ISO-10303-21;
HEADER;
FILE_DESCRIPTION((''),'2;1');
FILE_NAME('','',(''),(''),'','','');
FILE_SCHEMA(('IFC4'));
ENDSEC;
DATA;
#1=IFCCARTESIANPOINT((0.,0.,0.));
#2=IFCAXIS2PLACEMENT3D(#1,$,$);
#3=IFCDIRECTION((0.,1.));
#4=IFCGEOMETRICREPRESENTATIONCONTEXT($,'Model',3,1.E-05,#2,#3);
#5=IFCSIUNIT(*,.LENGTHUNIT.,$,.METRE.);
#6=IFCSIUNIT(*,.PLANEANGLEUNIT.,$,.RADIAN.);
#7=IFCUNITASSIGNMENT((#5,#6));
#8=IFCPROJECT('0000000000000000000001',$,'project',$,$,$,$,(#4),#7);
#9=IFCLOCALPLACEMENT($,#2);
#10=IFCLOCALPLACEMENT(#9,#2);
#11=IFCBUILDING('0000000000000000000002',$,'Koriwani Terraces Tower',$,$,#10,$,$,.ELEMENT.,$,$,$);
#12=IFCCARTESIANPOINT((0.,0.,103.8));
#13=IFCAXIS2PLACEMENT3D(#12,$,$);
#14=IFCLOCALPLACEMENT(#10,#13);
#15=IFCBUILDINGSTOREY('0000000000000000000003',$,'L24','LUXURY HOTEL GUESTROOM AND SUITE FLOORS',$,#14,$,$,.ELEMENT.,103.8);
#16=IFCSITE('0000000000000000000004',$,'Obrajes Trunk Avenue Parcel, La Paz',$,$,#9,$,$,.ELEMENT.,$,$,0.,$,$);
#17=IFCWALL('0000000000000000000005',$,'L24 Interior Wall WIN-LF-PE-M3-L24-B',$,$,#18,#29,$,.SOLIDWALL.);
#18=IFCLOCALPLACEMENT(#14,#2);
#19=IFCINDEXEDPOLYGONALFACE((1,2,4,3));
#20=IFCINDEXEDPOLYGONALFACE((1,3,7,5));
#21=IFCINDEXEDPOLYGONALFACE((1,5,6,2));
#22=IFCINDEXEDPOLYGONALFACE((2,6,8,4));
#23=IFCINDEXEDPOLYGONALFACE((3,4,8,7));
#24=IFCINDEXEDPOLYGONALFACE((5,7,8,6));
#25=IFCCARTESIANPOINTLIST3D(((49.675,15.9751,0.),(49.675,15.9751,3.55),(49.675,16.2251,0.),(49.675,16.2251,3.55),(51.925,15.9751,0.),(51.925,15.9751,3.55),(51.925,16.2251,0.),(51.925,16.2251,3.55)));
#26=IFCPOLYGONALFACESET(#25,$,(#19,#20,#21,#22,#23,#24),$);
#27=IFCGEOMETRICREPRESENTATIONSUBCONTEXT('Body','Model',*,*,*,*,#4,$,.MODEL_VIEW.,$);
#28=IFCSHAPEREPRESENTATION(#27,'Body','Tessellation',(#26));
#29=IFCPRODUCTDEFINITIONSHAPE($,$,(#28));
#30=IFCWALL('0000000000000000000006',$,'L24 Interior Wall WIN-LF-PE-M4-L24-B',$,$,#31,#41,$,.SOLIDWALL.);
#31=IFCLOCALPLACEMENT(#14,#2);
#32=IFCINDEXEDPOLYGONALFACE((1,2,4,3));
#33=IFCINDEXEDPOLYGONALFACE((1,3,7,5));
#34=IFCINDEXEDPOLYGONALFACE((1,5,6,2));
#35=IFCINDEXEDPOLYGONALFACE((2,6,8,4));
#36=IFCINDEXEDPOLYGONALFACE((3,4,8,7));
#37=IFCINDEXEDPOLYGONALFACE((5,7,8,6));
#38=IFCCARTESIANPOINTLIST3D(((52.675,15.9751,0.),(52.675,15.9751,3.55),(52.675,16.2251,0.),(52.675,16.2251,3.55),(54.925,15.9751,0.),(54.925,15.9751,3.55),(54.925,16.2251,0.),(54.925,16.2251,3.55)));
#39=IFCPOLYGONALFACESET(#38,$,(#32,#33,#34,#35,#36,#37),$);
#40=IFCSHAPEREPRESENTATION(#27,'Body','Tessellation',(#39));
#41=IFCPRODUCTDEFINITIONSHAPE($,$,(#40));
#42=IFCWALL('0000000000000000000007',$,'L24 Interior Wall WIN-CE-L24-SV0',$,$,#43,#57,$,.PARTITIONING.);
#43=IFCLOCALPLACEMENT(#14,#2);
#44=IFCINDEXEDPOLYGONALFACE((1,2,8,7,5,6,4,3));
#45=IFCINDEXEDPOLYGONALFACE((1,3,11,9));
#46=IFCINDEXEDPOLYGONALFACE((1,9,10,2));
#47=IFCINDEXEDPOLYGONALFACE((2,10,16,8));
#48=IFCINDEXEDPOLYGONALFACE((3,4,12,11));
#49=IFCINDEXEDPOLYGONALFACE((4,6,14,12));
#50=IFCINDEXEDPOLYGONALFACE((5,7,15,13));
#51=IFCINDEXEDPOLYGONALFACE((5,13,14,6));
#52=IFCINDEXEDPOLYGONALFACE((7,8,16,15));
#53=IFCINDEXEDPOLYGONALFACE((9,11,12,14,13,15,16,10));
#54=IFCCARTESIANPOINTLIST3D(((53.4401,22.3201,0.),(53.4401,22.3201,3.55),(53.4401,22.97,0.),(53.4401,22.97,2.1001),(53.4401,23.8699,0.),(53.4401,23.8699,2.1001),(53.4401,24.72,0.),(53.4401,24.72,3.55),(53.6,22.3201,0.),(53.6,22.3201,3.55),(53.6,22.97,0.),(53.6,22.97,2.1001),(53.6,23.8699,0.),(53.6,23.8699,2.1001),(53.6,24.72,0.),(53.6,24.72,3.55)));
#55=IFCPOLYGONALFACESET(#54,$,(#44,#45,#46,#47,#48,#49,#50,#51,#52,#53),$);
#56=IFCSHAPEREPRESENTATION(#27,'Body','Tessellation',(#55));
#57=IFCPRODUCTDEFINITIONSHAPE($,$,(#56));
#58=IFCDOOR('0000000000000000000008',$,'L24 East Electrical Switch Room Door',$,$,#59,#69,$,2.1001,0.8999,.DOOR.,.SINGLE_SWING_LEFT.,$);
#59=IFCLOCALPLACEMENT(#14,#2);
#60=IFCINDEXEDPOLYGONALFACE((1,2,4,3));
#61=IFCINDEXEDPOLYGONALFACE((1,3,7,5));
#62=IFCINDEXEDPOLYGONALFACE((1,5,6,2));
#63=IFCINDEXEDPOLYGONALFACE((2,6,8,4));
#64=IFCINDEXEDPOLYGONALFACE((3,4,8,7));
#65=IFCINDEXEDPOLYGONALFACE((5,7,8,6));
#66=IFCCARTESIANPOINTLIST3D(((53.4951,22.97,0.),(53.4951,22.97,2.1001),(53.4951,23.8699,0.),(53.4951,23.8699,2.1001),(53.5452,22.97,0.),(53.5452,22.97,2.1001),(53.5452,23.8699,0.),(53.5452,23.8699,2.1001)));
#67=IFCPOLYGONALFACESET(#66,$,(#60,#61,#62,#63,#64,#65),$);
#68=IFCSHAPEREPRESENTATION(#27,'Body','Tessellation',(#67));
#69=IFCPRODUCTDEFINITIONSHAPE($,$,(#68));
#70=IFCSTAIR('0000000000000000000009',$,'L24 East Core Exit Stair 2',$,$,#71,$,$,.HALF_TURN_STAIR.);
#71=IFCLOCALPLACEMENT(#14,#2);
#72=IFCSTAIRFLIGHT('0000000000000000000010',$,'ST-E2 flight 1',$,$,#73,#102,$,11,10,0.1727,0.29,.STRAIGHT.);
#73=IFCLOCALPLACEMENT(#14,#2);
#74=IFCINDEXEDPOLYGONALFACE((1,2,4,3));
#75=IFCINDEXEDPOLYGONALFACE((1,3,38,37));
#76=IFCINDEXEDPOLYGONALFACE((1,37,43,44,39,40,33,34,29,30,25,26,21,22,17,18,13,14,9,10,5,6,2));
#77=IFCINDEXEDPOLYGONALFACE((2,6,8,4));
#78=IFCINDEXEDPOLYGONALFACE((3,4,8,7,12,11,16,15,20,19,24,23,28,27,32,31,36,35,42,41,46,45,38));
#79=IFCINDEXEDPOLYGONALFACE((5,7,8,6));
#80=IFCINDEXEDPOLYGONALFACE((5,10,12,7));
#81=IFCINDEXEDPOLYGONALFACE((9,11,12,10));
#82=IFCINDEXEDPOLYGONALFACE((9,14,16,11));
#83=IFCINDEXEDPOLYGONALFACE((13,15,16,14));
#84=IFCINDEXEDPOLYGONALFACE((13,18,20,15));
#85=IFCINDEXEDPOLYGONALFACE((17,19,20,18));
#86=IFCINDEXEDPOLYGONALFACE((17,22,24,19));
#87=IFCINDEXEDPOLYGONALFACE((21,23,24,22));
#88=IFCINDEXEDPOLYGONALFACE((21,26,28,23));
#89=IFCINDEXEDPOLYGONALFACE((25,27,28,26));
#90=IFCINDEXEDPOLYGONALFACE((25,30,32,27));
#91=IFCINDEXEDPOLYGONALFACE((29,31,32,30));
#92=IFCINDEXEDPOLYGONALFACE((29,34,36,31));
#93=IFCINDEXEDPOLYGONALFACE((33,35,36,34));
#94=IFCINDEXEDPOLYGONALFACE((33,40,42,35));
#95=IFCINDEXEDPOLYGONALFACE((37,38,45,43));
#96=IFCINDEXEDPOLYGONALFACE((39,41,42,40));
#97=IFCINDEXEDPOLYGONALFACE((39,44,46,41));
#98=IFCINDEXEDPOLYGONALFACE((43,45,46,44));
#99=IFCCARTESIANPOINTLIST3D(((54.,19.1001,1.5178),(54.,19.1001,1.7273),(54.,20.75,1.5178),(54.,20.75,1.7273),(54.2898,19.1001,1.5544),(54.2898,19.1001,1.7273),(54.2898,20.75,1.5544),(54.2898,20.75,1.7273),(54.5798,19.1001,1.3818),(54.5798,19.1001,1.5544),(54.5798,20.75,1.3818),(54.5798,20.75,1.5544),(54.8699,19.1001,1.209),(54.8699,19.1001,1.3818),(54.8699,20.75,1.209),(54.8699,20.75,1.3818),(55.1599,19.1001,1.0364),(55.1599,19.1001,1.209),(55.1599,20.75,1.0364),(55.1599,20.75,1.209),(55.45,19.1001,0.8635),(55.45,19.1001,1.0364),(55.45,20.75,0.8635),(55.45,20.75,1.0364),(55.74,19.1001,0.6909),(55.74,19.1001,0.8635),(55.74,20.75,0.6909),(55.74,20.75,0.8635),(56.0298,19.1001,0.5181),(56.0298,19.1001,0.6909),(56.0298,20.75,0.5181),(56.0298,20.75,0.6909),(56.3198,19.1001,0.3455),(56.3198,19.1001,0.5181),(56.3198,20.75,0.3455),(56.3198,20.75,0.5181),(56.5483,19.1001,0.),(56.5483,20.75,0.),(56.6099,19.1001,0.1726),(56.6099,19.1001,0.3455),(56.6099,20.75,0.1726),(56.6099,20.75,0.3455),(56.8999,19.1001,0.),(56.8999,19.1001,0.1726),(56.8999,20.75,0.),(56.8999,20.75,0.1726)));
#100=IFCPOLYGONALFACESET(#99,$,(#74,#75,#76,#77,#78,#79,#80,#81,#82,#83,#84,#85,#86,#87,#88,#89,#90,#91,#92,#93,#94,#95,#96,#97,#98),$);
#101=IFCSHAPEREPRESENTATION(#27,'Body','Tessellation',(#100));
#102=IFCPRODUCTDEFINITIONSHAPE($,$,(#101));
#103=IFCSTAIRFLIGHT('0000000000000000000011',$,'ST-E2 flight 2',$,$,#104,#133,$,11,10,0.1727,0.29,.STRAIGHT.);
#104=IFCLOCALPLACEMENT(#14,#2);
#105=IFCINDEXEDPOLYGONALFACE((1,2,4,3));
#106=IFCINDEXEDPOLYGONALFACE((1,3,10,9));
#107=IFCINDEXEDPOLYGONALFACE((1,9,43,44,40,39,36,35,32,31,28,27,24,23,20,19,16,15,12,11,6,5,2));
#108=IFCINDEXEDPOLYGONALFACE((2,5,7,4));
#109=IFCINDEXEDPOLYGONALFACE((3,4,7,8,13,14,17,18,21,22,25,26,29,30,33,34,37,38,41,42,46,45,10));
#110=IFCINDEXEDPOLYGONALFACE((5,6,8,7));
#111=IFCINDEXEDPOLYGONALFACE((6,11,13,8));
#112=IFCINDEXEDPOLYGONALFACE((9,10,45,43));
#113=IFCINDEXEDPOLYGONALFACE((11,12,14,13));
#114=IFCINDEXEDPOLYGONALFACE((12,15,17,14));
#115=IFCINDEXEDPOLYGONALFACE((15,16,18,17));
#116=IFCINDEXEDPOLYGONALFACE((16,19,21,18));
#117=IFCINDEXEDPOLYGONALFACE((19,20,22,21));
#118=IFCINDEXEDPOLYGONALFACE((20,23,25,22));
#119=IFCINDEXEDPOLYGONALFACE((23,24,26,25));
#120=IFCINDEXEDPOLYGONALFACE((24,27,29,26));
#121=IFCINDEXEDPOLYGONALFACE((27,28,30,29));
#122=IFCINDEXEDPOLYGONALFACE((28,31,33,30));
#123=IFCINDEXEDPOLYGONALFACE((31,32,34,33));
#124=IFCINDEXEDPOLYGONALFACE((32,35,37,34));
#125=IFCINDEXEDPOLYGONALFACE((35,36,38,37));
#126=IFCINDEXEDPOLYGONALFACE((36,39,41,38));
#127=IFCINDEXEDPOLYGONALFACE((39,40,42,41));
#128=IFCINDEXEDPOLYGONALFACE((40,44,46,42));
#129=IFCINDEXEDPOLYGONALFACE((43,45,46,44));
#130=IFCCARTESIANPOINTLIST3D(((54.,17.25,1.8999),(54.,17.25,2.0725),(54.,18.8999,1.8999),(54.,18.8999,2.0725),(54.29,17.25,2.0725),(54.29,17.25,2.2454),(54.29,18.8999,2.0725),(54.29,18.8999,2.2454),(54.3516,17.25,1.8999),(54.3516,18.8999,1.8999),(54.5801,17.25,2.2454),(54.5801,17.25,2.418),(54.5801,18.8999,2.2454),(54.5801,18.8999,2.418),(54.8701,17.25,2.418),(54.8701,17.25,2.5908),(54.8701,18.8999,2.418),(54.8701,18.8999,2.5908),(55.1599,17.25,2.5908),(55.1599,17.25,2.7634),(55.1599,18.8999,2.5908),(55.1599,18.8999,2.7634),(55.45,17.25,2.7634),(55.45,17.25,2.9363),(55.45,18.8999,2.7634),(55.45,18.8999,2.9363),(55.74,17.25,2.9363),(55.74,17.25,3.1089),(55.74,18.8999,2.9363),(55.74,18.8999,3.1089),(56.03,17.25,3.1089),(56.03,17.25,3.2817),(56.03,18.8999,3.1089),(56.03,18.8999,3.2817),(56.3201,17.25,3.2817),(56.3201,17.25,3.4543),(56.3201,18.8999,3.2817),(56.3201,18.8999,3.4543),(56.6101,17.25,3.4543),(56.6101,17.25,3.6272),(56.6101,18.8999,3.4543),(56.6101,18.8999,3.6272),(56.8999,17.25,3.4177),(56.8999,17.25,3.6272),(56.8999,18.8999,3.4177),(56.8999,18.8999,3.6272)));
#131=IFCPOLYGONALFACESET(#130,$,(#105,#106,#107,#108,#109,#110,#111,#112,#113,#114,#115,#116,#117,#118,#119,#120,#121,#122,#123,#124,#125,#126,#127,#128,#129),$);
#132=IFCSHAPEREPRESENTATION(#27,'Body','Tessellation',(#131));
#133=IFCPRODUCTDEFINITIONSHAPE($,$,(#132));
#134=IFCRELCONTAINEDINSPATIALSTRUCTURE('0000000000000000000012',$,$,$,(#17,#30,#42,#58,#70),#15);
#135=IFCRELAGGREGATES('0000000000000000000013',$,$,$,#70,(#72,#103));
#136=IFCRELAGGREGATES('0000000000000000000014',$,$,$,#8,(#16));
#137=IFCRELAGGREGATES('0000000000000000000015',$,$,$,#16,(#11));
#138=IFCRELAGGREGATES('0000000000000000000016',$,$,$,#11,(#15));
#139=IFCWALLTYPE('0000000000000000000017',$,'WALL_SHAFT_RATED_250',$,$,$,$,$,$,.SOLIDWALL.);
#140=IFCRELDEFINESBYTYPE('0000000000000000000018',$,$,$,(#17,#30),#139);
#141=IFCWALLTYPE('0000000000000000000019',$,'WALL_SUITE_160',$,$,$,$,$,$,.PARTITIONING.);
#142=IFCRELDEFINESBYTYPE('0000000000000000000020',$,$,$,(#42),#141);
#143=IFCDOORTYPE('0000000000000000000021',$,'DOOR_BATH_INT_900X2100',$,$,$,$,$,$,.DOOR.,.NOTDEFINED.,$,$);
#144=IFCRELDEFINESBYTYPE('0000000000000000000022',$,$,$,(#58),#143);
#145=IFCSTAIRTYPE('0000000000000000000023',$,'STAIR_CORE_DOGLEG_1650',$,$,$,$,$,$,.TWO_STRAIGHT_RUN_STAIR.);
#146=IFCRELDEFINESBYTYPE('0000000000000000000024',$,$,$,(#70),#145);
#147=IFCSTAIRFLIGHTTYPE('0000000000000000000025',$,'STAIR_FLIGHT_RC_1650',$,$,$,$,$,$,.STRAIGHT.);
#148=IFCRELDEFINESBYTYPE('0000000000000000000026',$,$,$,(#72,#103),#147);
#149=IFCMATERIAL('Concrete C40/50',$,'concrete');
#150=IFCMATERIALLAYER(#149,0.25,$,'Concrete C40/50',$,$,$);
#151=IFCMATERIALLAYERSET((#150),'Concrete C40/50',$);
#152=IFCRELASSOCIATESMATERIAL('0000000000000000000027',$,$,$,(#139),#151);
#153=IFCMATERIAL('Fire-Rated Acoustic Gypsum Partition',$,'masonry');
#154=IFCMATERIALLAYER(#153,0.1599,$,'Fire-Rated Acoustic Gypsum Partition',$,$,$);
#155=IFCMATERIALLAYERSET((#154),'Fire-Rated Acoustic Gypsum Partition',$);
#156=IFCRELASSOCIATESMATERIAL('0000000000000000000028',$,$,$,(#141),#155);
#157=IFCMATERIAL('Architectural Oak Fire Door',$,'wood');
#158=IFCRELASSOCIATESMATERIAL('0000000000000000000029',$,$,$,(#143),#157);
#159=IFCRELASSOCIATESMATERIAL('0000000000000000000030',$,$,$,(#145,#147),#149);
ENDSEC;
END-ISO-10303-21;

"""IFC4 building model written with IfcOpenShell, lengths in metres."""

from ifc_helpers import new_model, si_unit, direction, frame, frame_2d, origin, place, context, subcontext, project, spatial, polyline, rectangle, outline, extrude, material, layer, layer_set, type_object, element, fill, aggregate, save


model = new_model("IFC4")

# Units and contexts
model_context = context("Model", 3, precision=1e-05, world=origin(), true_north=direction((0.0, 1.0)))
body_context = subcontext(model_context, "Body", "Model", "MODEL_VIEW")
ifc_project = project(units=[si_unit("LENGTHUNIT", "METRE"), si_unit("PLANEANGLEUNIT", "RADIAN")], contexts=[model_context])

# Site, building, storey
site_placement = place(None, origin())
site = spatial("IfcSite", under=ifc_project, at=site_placement, Name="Obrajes Trunk Avenue Parcel, La Paz", CompositionType="ELEMENT", RefElevation=0.0)
building_placement = place(site_placement, origin())
building = spatial("IfcBuilding", under=site, at=building_placement, Name="Koriwani Terraces Tower", CompositionType="ELEMENT")
storey_placement = place(building_placement, frame((0.0, 0.0, 103.8)))
storey = spatial("IfcBuildingStorey", under=building, at=storey_placement, Name="L24", Description="LUXURY HOTEL GUESTROOM AND SUITE FLOORS", CompositionType="ELEMENT", Elevation=103.8)

# Shared definitions
ifc_material_1 = material(Name="Concrete C40/50", Category="concrete")

# Shared definitions
ifc_layer_1 = layer(ifc_material_1, 0.25, Name="Concrete C40/50")
ifc_layer_set_1 = layer_set([ifc_layer_1], Name="Concrete C40/50")
wall_type_1 = type_object("IfcWallType", Name="WALL_SHAFT_RATED_250", PredefinedType="SOLIDWALL", material=ifc_layer_set_1)

# Walls
for number, where, z_axis, x_axis, name in (
    (1, (49.675, 16.1001, 0.0), (0.0, 0.0, 1.0), (1.0, 0.0, 0.0), "L24 Interior Wall WIN-LF-PE-M3-L24-B"),
    (2, (52.675, 16.1001, 0.0), (0.0, 0.0, 1.0), (1.0, 0.0, 0.0), "L24 Interior Wall WIN-LF-PE-M4-L24-B"),
):
    element("IfcWall", number, at=place(storey_placement, frame(where, z_axis=z_axis, x_axis=x_axis)), inside=storey, type_object=wall_type_1, Name=name, PredefinedType="SOLIDWALL", context=body_context, shape_type="SweptSolid", body=[
        extrude(rectangle(XDim=2.25, YDim=0.25, at=frame_2d((1.125, 0.0))), origin(), (0.0, 0.0, 1.0), 3.55),
    ])

# Wall, opening, door
ifc_material_2 = material(Name="Fire-Rated Acoustic Gypsum Partition", Category="masonry")
ifc_layer_2 = layer(ifc_material_2, 0.1599, Name="Fire-Rated Acoustic Gypsum Partition")
ifc_layer_set_2 = layer_set([ifc_layer_2], Name="Fire-Rated Acoustic Gypsum Partition")
wall_type_2 = type_object("IfcWallType", Name="WALL_SUITE_160", PredefinedType="PARTITIONING", material=ifc_layer_set_2)
wall_1_placement = place(storey_placement, frame((53.52, 22.3201, 0.0), z_axis=(0.0, 0.0, 1.0), x_axis=(0.0, 1.0, 0.0)))
wall_1 = element("IfcWall", 3, at=wall_1_placement, inside=storey, type_object=wall_type_2, Name="L24 Interior Wall WIN-CE-L24-SV0", PredefinedType="PARTITIONING", context=body_context, shape_type="SweptSolid", body=[
    extrude(rectangle(XDim=2.3999, YDim=0.1599, at=frame_2d((1.2, 0.0))), origin(), (0.0, 0.0, 1.0), 3.55),
])
opening_1_placement = place(wall_1_placement, frame((0.6499, 0.0, 0.0)))
opening_1 = element("IfcOpeningElement", 4, at=opening_1_placement, cuts=wall_1, PredefinedType="OPENING", context=body_context, shape_type="SweptSolid", body=[
    extrude(rectangle(XDim=0.8999, YDim=2.1001, at=frame_2d((0.45, 1.05))), frame((0.0, 0.0898, 0.0), z_axis=(0.0, -1.0, 0.0), x_axis=(1.0, 0.0, 0.0)), (0.0, 0.0, 1.0), 0.1799),
])
ifc_material_3 = material(Name="Architectural Oak Fire Door", Category="wood")
door_type_1 = type_object("IfcDoorType", Name="DOOR_BATH_INT_900X2100", OperationType="NOTDEFINED", PredefinedType="DOOR", material=ifc_material_3)
door_1_placement = place(opening_1_placement, origin())
door_1 = element("IfcDoor", 5, at=door_1_placement, inside=storey, type_object=door_type_1, Name="L24 East Electrical Switch Room Door", OperationType="SINGLE_SWING_LEFT", OverallHeight=2.1001, OverallWidth=0.8999, PredefinedType="DOOR", context=body_context, shape_type="SweptSolid", body=[
    extrude(rectangle(XDim=0.8999, YDim=2.1001, at=frame_2d((0.45, 1.05))), frame((0.0, 0.0249, 0.0), z_axis=(0.0, -1.0, 0.0), x_axis=(1.0, 0.0, 0.0)), (0.0, 0.0, 1.0), 0.05),
])
fill(opening_1, door_1)

# Stair, stair flights
stair_type = type_object("IfcStairType", Name="STAIR_CORE_DOGLEG_1650", PredefinedType="TWO_STRAIGHT_RUN_STAIR", material=ifc_material_1)
stair_placement = place(storey_placement, origin())
stair = element("IfcStair", 6, at=stair_placement, inside=storey, type_object=stair_type, Name="L24 East Core Exit Stair 2", PredefinedType="HALF_TURN_STAIR")
stair_flight_type = type_object("IfcStairFlightType", Name="STAIR_FLIGHT_RC_1650", PredefinedType="STRAIGHT", material=ifc_material_1)
stair_flight_1_placement = place(storey_placement, frame((56.8999, 19.925, 0.0), z_axis=(0.0, 0.0, 1.0), x_axis=(-1.0, 0.0, 0.0)))
stair_flight_1 = element("IfcStairFlight", 7, at=stair_flight_1_placement, type_object=stair_flight_type, Name="ST-E2 flight 1", NumberOfRisers=11, NumberOfTreads=10, PredefinedType="STRAIGHT", RiserHeight=0.1727, TreadLength=0.29, context=body_context, shape_type="SweptSolid", body=[
    extrude(outline(polyline([(0.0, 0.0), (0.0, 0.1726), (0.29, 0.1726), (0.29, 0.3455), (0.5801, 0.3455), (0.5801, 0.5181), (0.8701, 0.5181), (0.8701, 0.6909), (1.1599, 0.6909), (1.1599, 0.8635), (1.45, 0.8635), (1.45, 1.0364), (1.74, 1.0364), (1.74, 1.209), (2.03, 1.209), (2.03, 1.3818), (2.3201, 1.3818), (2.3201, 1.5544), (2.6101, 1.5544), (2.6101, 1.7273), (2.8999, 1.7273), (2.8999, 1.8999), (2.8999, 1.5178), (0.3516, 0.0), (0.0, 0.0)])), frame((0.0, 0.825, 0.0), z_axis=(0.0, -1.0, 0.0), x_axis=(1.0, 0.0, 0.0)), (0.0, 0.0, 1.0), 1.6499),
])
stair_flight_2_placement = place(storey_placement, frame((54.0, 18.075, 1.8999), z_axis=(0.0, 0.0, 1.0), x_axis=(1.0, 0.0, 0.0)))
stair_flight_2 = element("IfcStairFlight", 8, at=stair_flight_2_placement, type_object=stair_flight_type, Name="ST-E2 flight 2", NumberOfRisers=11, NumberOfTreads=10, PredefinedType="STRAIGHT", RiserHeight=0.1727, TreadLength=0.29, context=body_context, shape_type="SweptSolid", body=[
    extrude(outline(polyline([(0.0, 0.0), (0.0, 0.1726), (0.29, 0.1726), (0.29, 0.3455), (0.5801, 0.3455), (0.5801, 0.5181), (0.8701, 0.5181), (0.8701, 0.6909), (1.1599, 0.6909), (1.1599, 0.8635), (1.45, 0.8635), (1.45, 1.0364), (1.74, 1.0364), (1.74, 1.209), (2.03, 1.209), (2.03, 1.3818), (2.3201, 1.3818), (2.3201, 1.5544), (2.6101, 1.5544), (2.6101, 1.7273), (2.8999, 1.7273), (2.8999, 1.8999), (2.8999, 1.5178), (0.3516, 0.0), (0.0, 0.0)])), frame((0.0, 0.825, 0.0), z_axis=(0.0, -1.0, 0.0), x_axis=(1.0, 0.0, 0.0)), (0.0, 0.0, 1.0), 1.6499),
])
aggregate(stair, [stair_flight_1, stair_flight_2])

save(model, "model.ifc")
